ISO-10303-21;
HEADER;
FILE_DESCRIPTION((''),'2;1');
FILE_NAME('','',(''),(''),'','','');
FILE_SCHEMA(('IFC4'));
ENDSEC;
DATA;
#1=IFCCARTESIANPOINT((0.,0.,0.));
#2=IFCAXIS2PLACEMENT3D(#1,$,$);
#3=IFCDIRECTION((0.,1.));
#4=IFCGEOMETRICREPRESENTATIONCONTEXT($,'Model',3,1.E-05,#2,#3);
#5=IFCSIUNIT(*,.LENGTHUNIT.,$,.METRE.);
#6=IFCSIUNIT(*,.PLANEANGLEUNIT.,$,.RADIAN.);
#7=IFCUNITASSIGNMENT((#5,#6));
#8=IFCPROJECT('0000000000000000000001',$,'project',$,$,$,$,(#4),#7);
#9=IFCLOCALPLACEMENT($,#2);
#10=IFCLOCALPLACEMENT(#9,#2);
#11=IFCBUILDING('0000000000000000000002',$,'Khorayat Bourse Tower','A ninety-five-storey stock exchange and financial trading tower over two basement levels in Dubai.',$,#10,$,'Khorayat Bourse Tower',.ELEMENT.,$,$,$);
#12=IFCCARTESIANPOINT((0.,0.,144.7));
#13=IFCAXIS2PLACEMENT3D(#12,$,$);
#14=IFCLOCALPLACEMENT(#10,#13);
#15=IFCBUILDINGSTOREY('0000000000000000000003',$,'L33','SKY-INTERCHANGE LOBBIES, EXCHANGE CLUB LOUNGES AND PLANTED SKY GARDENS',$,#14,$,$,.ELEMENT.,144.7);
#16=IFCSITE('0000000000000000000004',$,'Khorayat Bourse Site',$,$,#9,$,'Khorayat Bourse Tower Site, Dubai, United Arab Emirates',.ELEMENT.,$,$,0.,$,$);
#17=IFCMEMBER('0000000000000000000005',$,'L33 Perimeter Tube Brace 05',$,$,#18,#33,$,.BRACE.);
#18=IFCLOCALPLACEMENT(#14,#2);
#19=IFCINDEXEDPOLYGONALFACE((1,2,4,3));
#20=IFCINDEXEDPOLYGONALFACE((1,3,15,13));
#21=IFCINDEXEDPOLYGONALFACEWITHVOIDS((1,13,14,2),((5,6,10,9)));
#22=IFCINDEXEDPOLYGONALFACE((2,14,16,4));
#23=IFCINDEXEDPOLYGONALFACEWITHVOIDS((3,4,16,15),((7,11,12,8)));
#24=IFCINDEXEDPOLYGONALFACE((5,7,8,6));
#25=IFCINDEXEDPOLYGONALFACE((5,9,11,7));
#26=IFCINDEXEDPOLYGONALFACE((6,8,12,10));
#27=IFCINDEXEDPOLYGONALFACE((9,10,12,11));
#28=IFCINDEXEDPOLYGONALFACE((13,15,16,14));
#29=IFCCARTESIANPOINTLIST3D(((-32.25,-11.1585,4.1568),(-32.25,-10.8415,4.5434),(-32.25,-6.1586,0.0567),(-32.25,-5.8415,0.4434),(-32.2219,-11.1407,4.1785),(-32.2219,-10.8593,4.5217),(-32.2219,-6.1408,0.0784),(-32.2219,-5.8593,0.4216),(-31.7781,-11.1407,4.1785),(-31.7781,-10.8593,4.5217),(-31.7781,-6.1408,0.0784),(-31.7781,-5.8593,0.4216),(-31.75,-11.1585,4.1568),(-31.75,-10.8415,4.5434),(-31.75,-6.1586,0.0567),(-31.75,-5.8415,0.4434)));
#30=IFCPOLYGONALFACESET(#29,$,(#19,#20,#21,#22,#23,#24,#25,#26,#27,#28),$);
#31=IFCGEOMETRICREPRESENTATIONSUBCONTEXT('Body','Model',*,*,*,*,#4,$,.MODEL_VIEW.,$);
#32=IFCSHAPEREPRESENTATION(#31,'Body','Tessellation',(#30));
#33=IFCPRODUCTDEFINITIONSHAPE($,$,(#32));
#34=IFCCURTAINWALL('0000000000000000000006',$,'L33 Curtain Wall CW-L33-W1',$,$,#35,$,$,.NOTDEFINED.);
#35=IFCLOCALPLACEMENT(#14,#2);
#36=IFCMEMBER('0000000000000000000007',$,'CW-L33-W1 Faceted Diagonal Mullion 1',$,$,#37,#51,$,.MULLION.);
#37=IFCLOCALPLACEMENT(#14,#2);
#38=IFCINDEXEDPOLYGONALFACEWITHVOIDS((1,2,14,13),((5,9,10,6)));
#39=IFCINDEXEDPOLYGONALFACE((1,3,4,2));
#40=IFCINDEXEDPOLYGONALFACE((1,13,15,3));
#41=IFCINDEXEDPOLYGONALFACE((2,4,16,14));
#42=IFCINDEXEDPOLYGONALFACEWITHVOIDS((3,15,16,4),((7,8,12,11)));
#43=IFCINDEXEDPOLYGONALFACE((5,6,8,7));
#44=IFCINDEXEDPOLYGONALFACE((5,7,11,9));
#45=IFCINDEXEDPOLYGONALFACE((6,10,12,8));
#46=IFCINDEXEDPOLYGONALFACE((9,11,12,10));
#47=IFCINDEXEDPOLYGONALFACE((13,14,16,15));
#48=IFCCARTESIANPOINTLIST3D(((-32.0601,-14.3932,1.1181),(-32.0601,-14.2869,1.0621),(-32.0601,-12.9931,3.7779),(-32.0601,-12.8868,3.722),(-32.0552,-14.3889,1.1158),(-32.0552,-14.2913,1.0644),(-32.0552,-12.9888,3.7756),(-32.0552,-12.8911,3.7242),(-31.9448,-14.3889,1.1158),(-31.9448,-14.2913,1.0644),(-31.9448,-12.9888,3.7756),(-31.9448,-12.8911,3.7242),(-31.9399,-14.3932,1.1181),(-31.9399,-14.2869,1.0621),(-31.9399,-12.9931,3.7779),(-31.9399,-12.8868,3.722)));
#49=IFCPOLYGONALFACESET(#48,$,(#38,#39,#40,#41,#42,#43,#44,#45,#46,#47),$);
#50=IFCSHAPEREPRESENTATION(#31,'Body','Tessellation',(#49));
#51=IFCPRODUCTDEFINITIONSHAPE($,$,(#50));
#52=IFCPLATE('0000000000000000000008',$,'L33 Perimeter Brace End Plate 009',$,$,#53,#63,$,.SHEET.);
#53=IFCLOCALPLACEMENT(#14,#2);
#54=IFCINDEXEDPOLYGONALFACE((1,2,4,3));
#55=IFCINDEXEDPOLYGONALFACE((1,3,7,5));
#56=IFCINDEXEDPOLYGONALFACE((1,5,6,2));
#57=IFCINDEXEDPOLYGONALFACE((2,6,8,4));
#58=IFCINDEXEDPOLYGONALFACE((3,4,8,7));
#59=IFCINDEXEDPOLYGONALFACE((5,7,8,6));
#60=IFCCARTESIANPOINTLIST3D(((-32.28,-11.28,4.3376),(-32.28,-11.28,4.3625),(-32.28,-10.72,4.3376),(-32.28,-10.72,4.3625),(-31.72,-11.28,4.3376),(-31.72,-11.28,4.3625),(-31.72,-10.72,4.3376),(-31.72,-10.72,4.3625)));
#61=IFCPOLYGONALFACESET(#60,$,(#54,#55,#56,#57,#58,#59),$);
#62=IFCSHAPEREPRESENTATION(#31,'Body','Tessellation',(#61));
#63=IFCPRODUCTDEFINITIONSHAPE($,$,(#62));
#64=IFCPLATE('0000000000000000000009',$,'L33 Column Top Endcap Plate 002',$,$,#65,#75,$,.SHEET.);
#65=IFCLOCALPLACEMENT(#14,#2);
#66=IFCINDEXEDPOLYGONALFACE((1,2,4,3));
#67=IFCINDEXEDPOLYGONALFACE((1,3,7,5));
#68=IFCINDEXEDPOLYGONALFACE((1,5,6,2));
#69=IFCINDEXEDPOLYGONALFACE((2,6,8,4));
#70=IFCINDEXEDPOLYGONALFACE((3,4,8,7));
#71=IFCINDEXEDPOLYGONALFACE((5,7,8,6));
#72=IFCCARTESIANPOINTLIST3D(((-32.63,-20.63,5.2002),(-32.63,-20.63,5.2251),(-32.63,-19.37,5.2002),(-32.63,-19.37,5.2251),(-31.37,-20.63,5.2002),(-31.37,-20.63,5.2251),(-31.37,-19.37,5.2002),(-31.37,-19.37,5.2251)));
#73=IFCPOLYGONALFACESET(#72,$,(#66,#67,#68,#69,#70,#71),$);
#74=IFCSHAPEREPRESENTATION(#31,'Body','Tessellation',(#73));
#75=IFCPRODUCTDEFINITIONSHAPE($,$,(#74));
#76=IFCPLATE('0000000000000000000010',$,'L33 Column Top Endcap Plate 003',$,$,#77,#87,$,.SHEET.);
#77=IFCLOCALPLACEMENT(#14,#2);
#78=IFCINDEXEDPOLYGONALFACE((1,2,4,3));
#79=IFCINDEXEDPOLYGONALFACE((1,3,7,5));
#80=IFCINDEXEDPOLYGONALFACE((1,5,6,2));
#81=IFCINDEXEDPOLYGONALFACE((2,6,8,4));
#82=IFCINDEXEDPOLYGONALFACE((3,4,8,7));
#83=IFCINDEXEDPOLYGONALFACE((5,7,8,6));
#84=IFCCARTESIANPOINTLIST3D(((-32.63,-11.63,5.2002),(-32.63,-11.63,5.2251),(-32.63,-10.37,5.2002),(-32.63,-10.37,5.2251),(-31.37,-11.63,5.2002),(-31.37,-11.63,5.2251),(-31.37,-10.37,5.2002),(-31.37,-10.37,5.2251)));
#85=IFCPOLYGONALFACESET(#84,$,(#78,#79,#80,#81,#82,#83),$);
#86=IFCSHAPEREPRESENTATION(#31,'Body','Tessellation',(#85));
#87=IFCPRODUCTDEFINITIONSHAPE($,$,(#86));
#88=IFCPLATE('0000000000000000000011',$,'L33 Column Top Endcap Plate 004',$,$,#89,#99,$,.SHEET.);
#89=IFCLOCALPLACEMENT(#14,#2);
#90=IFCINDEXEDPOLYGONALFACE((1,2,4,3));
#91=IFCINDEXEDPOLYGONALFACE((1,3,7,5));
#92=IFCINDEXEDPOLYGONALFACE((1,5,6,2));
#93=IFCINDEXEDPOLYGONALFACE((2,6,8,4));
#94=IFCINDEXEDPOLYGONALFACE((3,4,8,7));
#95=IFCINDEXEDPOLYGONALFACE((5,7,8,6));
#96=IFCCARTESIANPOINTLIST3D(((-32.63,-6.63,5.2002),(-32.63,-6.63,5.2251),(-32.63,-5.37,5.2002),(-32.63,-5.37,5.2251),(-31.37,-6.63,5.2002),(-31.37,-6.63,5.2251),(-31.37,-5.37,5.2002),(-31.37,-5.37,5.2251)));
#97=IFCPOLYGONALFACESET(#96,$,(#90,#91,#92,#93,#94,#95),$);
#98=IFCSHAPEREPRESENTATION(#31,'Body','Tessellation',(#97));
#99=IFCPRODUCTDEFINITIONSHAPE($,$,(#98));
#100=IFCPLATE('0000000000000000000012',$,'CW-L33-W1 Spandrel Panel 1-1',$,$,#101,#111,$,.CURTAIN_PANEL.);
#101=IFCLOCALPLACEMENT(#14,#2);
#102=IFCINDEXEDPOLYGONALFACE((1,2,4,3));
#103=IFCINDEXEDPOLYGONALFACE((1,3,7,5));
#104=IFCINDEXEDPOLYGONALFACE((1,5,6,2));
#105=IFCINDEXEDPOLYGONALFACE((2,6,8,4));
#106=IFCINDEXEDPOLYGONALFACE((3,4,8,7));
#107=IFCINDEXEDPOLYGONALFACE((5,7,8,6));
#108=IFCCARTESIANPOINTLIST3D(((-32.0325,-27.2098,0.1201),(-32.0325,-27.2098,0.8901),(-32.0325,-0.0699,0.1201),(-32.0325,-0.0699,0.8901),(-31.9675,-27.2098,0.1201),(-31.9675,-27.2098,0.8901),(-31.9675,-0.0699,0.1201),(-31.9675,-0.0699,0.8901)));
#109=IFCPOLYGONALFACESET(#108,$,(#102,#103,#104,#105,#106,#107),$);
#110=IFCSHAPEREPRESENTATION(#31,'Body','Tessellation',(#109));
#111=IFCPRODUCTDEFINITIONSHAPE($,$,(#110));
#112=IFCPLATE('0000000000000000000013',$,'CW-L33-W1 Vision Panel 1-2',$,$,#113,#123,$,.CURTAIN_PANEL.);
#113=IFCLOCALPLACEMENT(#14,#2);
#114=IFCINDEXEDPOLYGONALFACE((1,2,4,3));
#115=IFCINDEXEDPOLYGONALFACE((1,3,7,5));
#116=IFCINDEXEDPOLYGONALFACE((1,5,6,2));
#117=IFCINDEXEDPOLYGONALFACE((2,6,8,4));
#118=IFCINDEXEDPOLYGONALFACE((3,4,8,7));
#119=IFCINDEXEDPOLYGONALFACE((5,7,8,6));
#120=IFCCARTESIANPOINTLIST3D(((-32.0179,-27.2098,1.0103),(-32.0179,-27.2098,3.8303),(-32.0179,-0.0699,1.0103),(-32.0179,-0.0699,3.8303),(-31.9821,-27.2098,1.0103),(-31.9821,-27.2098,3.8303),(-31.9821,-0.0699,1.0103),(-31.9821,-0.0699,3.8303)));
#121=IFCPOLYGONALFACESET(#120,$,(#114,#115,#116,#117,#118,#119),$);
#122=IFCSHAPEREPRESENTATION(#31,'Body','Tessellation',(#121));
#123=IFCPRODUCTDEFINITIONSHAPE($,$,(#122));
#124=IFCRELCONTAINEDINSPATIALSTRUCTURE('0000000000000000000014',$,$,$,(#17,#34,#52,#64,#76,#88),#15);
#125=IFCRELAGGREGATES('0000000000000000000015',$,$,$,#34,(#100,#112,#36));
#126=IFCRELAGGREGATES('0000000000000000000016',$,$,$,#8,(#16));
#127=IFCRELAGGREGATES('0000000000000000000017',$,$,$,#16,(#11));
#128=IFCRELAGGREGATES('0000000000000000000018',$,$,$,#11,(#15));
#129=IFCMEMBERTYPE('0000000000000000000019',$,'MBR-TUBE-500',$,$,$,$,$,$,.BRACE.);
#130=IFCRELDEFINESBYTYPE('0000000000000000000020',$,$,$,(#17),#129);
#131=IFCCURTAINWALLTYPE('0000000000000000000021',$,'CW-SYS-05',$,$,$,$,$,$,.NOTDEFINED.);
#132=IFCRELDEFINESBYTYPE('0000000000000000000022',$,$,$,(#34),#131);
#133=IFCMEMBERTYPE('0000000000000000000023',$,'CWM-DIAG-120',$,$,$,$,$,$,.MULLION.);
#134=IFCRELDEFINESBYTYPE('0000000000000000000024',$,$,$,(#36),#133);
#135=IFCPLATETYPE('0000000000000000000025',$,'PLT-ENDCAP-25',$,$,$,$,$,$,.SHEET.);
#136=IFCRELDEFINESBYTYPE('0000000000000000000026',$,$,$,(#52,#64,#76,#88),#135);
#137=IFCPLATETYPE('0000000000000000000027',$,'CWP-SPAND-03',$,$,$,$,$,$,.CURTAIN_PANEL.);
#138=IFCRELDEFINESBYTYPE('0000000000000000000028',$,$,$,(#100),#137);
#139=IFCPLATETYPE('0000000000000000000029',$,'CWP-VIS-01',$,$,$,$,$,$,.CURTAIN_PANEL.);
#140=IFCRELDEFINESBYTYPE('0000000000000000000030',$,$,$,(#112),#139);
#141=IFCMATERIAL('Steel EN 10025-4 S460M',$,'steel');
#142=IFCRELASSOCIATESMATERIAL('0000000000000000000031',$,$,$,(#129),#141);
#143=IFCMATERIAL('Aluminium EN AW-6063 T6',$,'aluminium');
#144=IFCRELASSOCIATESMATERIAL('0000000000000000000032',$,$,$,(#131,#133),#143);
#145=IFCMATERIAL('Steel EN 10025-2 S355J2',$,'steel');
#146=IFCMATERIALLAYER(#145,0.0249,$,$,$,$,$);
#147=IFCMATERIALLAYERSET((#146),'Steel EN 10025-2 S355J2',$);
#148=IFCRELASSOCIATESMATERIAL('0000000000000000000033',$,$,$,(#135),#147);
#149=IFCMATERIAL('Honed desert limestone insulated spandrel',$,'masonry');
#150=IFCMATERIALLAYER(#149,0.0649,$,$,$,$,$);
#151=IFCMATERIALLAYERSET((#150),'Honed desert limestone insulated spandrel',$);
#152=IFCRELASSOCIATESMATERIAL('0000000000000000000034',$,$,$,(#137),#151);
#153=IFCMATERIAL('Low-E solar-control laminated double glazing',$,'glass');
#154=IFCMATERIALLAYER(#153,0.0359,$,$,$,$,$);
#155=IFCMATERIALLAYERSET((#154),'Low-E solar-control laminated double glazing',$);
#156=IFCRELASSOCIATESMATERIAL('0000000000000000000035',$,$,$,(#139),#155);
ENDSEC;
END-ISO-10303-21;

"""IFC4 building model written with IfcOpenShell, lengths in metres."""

from ifc_helpers import new_model, si_unit, direction, frame, origin, origin_2d, place, context, subcontext, project, spatial, rectangle, hollow_rectangle, extrude, source, transform, mapped, material, layer, layer_set, material_profile, profile_set, type_object, element, aggregate, save


model = new_model("IFC4")

# Units and contexts
model_context = context("Model", 3, precision=1e-05, world=origin(), true_north=direction((0.0, 1.0)))
body_context = subcontext(model_context, "Body", "Model", "MODEL_VIEW")
ifc_project = project(units=[si_unit("LENGTHUNIT", "METRE"), si_unit("PLANEANGLEUNIT", "RADIAN")], contexts=[model_context])

# Site, building, storey
site_placement = place(None, origin())
site = spatial("IfcSite", under=ifc_project, at=site_placement, Name="Khorayat Bourse Site", LongName="Khorayat Bourse Tower Site, Dubai, United Arab Emirates", CompositionType="ELEMENT", RefElevation=0.0)
building_placement = place(site_placement, origin())
building = spatial("IfcBuilding", under=site, at=building_placement, Name="Khorayat Bourse Tower", Description="A ninety-five-storey stock exchange and financial trading tower over two basement levels in Dubai.", LongName="Khorayat Bourse Tower", CompositionType="ELEMENT")
storey_placement = place(building_placement, frame((0.0, 0.0, 144.7)))
storey = spatial("IfcBuildingStorey", under=building, at=storey_placement, Name="L33", Description="SKY-INTERCHANGE LOBBIES, EXCHANGE CLUB LOUNGES AND PLANTED SKY GARDENS", CompositionType="ELEMENT", Elevation=144.7)

# Shared definitions
ifc_material_1 = material(Name="Steel EN 10025-4 S460M", Category="steel")

# Member
ifc_material_profile_1 = material_profile(ifc_material_1, hollow_rectangle(XDim=0.5, YDim=0.5, WallThickness=0.0281, at=origin_2d()), Name="HSS 500x500x28")
ifc_profile_set_1 = profile_set([ifc_material_profile_1], Name="Steel EN 10025-4 S460M")
member_type_1 = type_object("IfcMemberType", Name="MBR-TUBE-500", PredefinedType="BRACE", material=ifc_profile_set_1)
shared_shape_1 = source(origin(), body_context, "Body", "SweptSolid", [
    extrude(hollow_rectangle(XDim=0.5, YDim=0.5, WallThickness=0.0281, at=origin_2d()), origin(), (0.0, 0.0, 1.0), 6.4661),
])
member_1_placement = place(storey_placement, frame((-32.0, -11.0, 4.3501), z_axis=(0.0, 0.77326, -0.634089), x_axis=(-1.0, 0.0, 0.0)))
element("IfcMember", 1, at=member_1_placement, inside=storey, type_object=member_type_1, Name="L33 Perimeter Tube Brace 05", PredefinedType="BRACE", context=body_context, shape_type="MappedRepresentation", body=[
    mapped(shared_shape_1, transform((0.0, 0.0, 0.0), scale=1.0)),
])

# Curtain wall, member
ifc_material_2 = material(Name="Aluminium EN AW-6063 T6", Category="aluminium")
curtain_wall_type = type_object("IfcCurtainWallType", Name="CW-SYS-05", PredefinedType="NOTDEFINED", material=ifc_material_2)
curtain_wall_placement = place(storey_placement, origin())
curtain_wall = element("IfcCurtainWall", 2, at=curtain_wall_placement, inside=storey, type_object=curtain_wall_type, Name="L33 Curtain Wall CW-L33-W1", PredefinedType="NOTDEFINED")
ifc_material_profile_2 = material_profile(ifc_material_2, hollow_rectangle(XDim=0.1201, YDim=0.1201, WallThickness=0.0049, at=origin_2d()), Name="ALU 120x120x5")
ifc_profile_set_2 = profile_set([ifc_material_profile_2], Name="Aluminium EN AW-6063 T6")
member_type_2 = type_object("IfcMemberType", Name="CWM-DIAG-120", PredefinedType="MULLION", material=ifc_profile_set_2)
shared_shape_2 = source(origin(), body_context, "Body", "SweptSolid", [
    extrude(hollow_rectangle(XDim=0.1201, YDim=0.1201, WallThickness=0.0049, at=origin_2d()), origin(), (0.0, 0.0, 1.0), 3.0059),
])
member_2_placement = place(storey_placement, frame((-32.0, -14.3401, 1.0901), z_axis=(0.0, 0.465797, 0.884892), x_axis=(-1.0, 0.0, 0.0)))
member_2 = element("IfcMember", 3, at=member_2_placement, type_object=member_type_2, Name="CW-L33-W1 Faceted Diagonal Mullion 1", PredefinedType="MULLION", context=body_context, shape_type="MappedRepresentation", body=[
    mapped(shared_shape_2, transform((0.0, 0.0, 0.0), scale=1.0)),
])

# Plates
ifc_material_3 = material(Name="Steel EN 10025-2 S355J2", Category="steel")
ifc_layer_1 = layer(ifc_material_3, 0.0249)
ifc_layer_set_1 = layer_set([ifc_layer_1], Name="Steel EN 10025-2 S355J2")
plate_type_1 = type_object("IfcPlateType", Name="PLT-ENDCAP-25", PredefinedType="SHEET", material=ifc_layer_set_1)
shared_shape_3 = source(origin(), body_context, "Body", "SweptSolid", [
    extrude(rectangle(XDim=0.5601, YDim=0.5601, at=origin_2d()), origin(), (0.0, 0.0, 1.0), 0.0249),
])
plate_1_placement = place(storey_placement, frame((-32.0, -11.0, 4.3376), z_axis=(0.0, 0.0, 1.0), x_axis=(1.0, 0.0, 0.0)))
element("IfcPlate", 4, at=plate_1_placement, inside=storey, type_object=plate_type_1, Name="L33 Perimeter Brace End Plate 009", PredefinedType="SHEET", context=body_context, shape_type="MappedRepresentation", body=[
    mapped(shared_shape_3, transform((0.0, 0.0, 0.0), scale=1.0)),
])
shared_shape_4 = source(origin(), body_context, "Body", "SweptSolid", [
    extrude(rectangle(XDim=1.26, YDim=1.26, at=origin_2d()), origin(), (0.0, 0.0, 1.0), 0.0249),
])
for number, where, z_axis, x_axis, name in (
    (5, (-32.0, -20.0, 5.2002), (0.0, 0.0, 1.0), (1.0, 0.0, 0.0), "L33 Column Top Endcap Plate 002"),
    (6, (-32.0, -11.0, 5.2002), (0.0, 0.0, 1.0), (1.0, 0.0, 0.0), "L33 Column Top Endcap Plate 003"),
    (7, (-32.0, -6.0, 5.2002), (0.0, 0.0, 1.0), (1.0, 0.0, 0.0), "L33 Column Top Endcap Plate 004"),
):
    element("IfcPlate", number, at=place(storey_placement, frame(where, z_axis=z_axis, x_axis=x_axis)), inside=storey, type_object=plate_type_1, Name=name, PredefinedType="SHEET", context=body_context, shape_type="MappedRepresentation", body=[
        mapped(shared_shape_4, transform((0.0, 0.0, 0.0), scale=1.0)),
    ])

# Plates
ifc_material_4 = material(Name="Honed desert limestone insulated spandrel", Category="masonry")
ifc_layer_2 = layer(ifc_material_4, 0.0649)
ifc_layer_set_2 = layer_set([ifc_layer_2], Name="Honed desert limestone insulated spandrel")
plate_type_2 = type_object("IfcPlateType", Name="CWP-SPAND-03", PredefinedType="CURTAIN_PANEL", material=ifc_layer_set_2)
shared_shape_5 = source(origin(), body_context, "Body", "SweptSolid", [
    extrude(rectangle(XDim=27.1399, YDim=0.0649, at=origin_2d()), origin(), (0.0, 0.0, 1.0), 0.77),
])
plate_2_placement = place(storey_placement, frame((-32.0, -13.6399, 0.1201), z_axis=(0.0, 0.0, 1.0), x_axis=(0.0, 1.0, 0.0)))
plate_2 = element("IfcPlate", 8, at=plate_2_placement, type_object=plate_type_2, Name="CW-L33-W1 Spandrel Panel 1-1", PredefinedType="CURTAIN_PANEL", context=body_context, shape_type="MappedRepresentation", body=[
    mapped(shared_shape_5, transform((0.0, 0.0, 0.0), scale=1.0)),
])
ifc_material_5 = material(Name="Low-E solar-control laminated double glazing", Category="glass")
ifc_layer_3 = layer(ifc_material_5, 0.0359)
ifc_layer_set_3 = layer_set([ifc_layer_3], Name="Low-E solar-control laminated double glazing")
plate_type_3 = type_object("IfcPlateType", Name="CWP-VIS-01", PredefinedType="CURTAIN_PANEL", material=ifc_layer_set_3)
shared_shape_6 = source(origin(), body_context, "Body", "SweptSolid", [
    extrude(rectangle(XDim=27.1399, YDim=0.0359, at=origin_2d()), origin(), (0.0, 0.0, 1.0), 2.8201),
])
plate_3_placement = place(storey_placement, frame((-32.0, -13.6399, 1.0103), z_axis=(0.0, 0.0, 1.0), x_axis=(0.0, 1.0, 0.0)))
plate_3 = element("IfcPlate", 9, at=plate_3_placement, type_object=plate_type_3, Name="CW-L33-W1 Vision Panel 1-2", PredefinedType="CURTAIN_PANEL", context=body_context, shape_type="MappedRepresentation", body=[
    mapped(shared_shape_6, transform((0.0, 0.0, 0.0), scale=1.0)),
])
aggregate(curtain_wall, [plate_2, plate_3, member_2])

save(model, "model.ifc")
